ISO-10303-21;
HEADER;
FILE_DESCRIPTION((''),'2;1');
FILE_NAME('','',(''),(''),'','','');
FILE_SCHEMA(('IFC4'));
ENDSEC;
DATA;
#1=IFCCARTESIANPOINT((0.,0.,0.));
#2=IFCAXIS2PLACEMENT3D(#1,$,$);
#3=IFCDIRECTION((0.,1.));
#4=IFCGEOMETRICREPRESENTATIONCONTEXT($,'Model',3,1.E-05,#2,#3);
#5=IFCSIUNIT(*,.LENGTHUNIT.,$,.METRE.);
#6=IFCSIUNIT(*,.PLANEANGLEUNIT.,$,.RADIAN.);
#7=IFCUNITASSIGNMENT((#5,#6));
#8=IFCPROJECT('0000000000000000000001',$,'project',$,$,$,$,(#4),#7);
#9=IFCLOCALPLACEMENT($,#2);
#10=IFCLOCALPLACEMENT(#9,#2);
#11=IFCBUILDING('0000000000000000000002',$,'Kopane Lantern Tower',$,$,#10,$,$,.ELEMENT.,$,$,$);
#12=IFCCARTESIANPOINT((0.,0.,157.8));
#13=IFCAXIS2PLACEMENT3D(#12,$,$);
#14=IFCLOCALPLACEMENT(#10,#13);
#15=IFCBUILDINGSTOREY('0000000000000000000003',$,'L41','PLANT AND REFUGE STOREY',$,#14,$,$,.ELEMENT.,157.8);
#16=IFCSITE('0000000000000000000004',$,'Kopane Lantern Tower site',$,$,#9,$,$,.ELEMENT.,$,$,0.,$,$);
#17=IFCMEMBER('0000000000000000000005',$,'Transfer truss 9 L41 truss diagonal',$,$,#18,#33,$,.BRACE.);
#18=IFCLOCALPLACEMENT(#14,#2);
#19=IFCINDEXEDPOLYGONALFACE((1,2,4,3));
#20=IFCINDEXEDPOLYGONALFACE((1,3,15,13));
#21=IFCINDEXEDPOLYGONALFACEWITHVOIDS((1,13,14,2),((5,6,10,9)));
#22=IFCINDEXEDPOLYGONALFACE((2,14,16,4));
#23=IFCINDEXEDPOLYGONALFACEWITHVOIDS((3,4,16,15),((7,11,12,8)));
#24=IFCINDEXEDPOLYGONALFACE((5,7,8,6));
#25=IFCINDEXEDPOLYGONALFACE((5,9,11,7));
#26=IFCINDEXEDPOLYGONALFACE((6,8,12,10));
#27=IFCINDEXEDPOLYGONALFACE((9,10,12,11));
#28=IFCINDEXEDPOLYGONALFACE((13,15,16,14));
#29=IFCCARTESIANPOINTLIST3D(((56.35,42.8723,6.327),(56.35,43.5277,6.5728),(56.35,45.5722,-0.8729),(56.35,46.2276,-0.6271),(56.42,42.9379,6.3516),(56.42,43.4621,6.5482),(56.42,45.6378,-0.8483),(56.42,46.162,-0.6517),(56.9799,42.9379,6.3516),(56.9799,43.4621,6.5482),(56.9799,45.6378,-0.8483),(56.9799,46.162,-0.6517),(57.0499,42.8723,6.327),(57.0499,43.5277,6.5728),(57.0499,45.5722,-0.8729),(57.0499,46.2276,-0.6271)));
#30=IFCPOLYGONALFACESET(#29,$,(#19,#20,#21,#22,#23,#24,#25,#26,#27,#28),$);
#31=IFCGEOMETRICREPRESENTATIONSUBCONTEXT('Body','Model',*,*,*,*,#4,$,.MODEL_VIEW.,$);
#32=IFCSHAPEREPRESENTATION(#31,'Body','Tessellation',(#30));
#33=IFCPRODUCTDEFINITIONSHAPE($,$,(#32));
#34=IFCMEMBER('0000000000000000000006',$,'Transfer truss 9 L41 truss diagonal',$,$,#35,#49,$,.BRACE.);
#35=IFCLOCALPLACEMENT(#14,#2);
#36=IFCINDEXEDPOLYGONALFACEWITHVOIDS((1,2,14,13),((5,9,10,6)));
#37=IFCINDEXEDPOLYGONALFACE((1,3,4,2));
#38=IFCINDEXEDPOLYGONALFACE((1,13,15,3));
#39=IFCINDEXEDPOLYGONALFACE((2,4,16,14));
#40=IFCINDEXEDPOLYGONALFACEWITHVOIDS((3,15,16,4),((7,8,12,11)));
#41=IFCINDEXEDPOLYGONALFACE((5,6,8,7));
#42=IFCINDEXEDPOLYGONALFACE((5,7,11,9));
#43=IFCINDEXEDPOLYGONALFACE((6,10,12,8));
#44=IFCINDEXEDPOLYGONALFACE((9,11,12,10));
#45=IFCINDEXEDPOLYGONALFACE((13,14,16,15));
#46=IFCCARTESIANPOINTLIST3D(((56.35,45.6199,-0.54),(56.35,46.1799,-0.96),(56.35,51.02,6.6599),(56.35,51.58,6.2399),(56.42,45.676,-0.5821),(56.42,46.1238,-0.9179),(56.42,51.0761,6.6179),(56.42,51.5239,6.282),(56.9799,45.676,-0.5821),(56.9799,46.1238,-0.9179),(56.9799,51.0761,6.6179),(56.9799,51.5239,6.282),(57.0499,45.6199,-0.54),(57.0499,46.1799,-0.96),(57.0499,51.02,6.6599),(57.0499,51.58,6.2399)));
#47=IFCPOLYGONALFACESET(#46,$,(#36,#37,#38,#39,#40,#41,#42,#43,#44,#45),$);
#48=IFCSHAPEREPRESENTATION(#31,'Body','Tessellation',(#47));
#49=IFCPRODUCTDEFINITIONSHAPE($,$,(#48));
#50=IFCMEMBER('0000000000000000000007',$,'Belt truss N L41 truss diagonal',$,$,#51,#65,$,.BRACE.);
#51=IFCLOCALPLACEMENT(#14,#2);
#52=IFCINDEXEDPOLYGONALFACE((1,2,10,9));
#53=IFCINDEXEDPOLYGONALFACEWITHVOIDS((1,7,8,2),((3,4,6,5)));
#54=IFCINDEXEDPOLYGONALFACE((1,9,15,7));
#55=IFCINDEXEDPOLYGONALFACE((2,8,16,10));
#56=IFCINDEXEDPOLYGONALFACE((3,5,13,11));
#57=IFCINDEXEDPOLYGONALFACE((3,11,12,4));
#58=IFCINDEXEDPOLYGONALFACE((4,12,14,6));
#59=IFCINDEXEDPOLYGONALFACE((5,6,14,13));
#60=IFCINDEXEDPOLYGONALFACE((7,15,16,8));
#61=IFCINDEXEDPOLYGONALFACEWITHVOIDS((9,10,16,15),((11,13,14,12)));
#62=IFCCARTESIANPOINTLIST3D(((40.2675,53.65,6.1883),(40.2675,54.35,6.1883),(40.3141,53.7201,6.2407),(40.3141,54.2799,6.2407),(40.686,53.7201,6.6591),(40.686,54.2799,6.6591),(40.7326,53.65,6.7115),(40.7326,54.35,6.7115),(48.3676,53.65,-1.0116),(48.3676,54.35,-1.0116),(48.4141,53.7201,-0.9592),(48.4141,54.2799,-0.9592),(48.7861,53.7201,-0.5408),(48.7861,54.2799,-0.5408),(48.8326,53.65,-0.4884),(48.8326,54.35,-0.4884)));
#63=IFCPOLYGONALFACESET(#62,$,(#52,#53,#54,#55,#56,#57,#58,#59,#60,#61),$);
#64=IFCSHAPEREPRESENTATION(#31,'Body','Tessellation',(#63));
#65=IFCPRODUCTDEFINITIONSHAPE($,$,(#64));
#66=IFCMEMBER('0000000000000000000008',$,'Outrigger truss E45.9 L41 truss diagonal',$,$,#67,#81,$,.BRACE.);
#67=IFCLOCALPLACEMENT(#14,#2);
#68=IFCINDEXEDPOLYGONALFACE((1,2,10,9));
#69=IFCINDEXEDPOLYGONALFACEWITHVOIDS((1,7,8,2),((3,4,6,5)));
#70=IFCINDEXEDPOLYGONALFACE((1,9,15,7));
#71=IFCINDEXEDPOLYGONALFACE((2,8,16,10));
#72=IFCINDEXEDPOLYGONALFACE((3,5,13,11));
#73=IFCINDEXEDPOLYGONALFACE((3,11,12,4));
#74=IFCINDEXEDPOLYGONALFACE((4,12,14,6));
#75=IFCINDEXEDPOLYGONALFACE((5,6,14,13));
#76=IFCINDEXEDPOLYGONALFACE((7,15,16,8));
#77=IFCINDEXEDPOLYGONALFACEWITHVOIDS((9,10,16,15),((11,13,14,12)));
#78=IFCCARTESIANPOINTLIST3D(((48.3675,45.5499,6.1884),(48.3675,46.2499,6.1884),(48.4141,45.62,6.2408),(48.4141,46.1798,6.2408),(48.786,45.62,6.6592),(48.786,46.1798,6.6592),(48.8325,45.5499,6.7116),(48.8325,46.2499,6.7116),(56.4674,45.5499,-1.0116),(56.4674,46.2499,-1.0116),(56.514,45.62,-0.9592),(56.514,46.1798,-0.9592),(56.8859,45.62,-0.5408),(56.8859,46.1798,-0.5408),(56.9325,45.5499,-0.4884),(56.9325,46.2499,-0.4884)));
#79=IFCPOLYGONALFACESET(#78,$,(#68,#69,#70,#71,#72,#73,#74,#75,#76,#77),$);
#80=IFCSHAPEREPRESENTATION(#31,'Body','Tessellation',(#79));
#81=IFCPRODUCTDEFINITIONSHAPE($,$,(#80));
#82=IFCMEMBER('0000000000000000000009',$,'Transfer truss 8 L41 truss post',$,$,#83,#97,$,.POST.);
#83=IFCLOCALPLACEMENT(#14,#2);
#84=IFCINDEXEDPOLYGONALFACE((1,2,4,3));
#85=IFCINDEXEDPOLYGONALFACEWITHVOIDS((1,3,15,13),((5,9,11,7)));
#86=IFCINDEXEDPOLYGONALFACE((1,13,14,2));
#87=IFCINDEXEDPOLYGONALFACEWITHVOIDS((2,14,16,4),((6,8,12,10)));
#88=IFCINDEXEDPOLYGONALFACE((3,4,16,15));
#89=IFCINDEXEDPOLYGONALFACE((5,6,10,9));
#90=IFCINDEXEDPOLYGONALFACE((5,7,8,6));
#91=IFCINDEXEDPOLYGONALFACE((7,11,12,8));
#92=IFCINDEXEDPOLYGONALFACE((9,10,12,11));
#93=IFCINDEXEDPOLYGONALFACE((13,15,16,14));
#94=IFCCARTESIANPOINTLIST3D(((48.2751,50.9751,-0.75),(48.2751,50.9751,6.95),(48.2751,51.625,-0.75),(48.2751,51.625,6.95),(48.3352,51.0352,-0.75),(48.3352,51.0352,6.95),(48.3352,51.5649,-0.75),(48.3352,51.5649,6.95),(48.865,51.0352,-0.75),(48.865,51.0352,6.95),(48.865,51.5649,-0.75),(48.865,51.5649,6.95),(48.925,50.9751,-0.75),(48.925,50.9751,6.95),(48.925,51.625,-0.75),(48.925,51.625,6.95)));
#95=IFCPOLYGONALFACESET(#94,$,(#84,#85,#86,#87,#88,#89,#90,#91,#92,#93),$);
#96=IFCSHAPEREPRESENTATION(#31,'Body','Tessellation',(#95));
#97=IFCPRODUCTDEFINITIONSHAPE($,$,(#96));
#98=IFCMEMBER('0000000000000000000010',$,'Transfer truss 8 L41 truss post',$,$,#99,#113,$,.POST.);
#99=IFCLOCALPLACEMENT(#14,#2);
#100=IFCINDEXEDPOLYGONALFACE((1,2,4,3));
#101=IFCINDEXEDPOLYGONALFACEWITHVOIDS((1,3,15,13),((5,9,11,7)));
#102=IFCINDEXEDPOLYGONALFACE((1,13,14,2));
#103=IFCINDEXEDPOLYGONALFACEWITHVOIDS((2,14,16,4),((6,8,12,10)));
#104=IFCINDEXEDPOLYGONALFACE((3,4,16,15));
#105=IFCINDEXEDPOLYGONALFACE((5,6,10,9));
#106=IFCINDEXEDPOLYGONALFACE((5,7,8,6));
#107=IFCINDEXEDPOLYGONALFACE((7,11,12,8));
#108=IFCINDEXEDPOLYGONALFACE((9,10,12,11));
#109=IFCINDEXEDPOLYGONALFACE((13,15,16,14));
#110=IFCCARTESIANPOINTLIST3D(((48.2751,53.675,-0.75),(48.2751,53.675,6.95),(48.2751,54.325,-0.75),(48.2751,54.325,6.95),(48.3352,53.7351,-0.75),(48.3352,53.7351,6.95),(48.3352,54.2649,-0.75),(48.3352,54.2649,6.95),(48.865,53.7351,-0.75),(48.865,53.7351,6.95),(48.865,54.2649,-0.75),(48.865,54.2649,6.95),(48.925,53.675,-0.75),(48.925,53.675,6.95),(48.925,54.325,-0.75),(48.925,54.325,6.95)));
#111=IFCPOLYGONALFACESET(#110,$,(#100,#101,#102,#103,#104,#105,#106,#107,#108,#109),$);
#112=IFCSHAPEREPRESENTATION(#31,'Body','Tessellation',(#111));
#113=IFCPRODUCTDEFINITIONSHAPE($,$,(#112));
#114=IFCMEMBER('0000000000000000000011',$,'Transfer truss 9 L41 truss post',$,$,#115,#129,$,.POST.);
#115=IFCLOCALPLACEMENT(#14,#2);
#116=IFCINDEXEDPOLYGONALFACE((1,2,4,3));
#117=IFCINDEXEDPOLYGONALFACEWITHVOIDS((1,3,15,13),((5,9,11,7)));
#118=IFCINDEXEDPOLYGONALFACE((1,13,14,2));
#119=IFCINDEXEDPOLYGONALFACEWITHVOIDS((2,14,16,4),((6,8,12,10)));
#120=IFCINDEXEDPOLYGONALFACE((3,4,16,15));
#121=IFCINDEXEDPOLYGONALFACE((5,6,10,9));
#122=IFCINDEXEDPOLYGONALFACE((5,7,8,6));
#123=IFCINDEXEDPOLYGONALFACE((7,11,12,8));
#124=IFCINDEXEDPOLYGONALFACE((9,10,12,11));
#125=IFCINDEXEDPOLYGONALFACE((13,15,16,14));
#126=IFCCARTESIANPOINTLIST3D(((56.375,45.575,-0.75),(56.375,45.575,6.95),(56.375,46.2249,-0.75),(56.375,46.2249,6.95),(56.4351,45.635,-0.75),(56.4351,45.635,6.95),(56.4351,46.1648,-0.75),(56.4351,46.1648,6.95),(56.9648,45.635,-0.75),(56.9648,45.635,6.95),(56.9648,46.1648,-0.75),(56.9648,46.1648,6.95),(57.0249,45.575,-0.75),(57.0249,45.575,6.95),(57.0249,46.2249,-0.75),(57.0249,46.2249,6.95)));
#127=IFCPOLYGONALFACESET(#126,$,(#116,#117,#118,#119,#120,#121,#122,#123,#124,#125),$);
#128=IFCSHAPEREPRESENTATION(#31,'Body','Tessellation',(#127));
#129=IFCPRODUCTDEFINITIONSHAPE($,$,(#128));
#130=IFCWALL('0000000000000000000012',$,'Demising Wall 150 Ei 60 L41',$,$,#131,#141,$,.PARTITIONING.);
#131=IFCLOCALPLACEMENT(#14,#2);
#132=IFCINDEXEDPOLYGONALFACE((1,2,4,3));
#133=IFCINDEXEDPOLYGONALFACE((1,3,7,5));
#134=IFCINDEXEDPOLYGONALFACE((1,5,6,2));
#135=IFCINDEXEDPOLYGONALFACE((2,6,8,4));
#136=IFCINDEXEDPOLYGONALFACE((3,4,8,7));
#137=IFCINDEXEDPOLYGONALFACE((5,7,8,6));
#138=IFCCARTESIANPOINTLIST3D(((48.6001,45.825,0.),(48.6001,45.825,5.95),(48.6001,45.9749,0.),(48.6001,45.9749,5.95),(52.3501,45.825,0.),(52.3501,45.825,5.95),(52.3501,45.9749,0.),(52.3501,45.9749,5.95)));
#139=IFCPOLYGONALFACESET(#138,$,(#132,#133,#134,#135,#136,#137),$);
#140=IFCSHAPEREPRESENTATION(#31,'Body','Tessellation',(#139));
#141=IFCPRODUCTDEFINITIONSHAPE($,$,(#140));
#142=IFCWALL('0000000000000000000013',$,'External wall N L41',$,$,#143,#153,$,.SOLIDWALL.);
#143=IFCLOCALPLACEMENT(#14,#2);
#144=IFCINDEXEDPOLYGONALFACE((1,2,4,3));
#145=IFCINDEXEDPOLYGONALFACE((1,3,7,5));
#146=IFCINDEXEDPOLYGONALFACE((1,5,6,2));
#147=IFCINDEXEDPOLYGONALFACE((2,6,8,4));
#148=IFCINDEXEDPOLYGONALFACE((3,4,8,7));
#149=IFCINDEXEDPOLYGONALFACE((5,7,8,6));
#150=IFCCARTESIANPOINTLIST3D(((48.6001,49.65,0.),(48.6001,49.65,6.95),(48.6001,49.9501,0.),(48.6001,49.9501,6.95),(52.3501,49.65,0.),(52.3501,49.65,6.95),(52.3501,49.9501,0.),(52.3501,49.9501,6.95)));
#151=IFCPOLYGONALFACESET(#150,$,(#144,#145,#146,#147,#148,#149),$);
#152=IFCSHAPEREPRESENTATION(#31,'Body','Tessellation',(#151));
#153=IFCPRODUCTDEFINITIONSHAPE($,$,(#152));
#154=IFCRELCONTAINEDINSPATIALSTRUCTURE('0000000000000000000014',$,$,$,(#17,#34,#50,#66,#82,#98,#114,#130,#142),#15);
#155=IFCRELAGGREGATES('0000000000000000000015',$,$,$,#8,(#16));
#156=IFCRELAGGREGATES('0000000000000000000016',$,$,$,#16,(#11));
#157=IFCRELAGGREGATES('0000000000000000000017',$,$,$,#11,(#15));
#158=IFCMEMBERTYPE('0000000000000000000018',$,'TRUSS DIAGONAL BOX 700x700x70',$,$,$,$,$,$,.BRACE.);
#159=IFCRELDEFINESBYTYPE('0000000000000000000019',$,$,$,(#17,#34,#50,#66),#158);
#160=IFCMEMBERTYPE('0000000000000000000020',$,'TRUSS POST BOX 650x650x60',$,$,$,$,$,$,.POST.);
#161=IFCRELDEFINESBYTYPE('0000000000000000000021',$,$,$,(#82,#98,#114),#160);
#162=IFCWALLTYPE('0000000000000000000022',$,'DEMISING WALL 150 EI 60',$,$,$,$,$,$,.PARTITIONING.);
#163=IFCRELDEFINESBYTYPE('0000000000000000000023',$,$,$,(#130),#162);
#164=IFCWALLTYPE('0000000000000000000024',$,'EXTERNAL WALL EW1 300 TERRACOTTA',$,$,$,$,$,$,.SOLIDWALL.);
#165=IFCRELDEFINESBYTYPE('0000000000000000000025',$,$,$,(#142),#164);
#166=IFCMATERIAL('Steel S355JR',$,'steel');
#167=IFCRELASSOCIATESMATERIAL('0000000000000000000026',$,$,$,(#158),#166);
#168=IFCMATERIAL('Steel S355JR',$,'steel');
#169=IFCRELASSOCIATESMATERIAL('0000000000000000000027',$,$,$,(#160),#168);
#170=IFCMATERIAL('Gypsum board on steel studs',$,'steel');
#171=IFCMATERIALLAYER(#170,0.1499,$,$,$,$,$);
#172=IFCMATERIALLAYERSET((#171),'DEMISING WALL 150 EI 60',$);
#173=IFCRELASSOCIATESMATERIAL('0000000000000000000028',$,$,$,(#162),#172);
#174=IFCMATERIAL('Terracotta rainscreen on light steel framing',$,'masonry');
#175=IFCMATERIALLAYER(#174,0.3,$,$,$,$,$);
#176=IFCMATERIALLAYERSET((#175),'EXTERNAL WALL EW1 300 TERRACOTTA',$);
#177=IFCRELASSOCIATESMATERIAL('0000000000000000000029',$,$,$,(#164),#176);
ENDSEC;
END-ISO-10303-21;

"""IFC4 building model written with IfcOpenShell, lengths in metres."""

from ifc_helpers import new_model, si_unit, direction, frame, frame_2d, origin, origin_2d, place, context, subcontext, project, spatial, rectangle, hollow_rectangle, extrude, material, layer, layer_set, material_profile, profile_set, type_object, element, save


model = new_model("IFC4")

# Units and contexts
model_context = context("Model", 3, precision=1e-05, world=origin(), true_north=direction((0.0, 1.0)))
body_context = subcontext(model_context, "Body", "Model", "MODEL_VIEW")
ifc_project = project(units=[si_unit("LENGTHUNIT", "METRE"), si_unit("PLANEANGLEUNIT", "RADIAN")], contexts=[model_context])

# Site, building, storey
site_placement = place(None, origin())
site = spatial("IfcSite", under=ifc_project, at=site_placement, Name="Kopane Lantern Tower site", CompositionType="ELEMENT", RefElevation=0.0)
building_placement = place(site_placement, origin())
building = spatial("IfcBuilding", under=site, at=building_placement, Name="Kopane Lantern Tower", CompositionType="ELEMENT")
storey_placement = place(building_placement, frame((0.0, 0.0, 157.8)))
storey = spatial("IfcBuildingStorey", under=building, at=storey_placement, Name="L41", Description="PLANT AND REFUGE STOREY", CompositionType="ELEMENT", Elevation=157.8)

# Members
ifc_material_1 = material(Name="Steel S355JR", Category="steel")
ifc_material_profile_1 = material_profile(ifc_material_1, hollow_rectangle(XDim=0.7, YDim=0.7, WallThickness=0.0701, at=origin_2d()), Name="BOX 700x700x70")
ifc_profile_set_1 = profile_set([ifc_material_profile_1], Name="Steel S355JR")
member_type_1 = type_object("IfcMemberType", Name="TRUSS DIAGONAL BOX 700x700x70", PredefinedType="BRACE", material=ifc_profile_set_1)
member_1_placement = place(storey_placement, frame((56.7, 45.8999, -0.75), z_axis=(0.0, -0.35112, 0.93633), x_axis=(1.0, 0.0, 0.0)))
element("IfcMember", 1, at=member_1_placement, inside=storey, type_object=member_type_1, Name="Transfer truss 9 L41 truss diagonal", PredefinedType="BRACE", context=body_context, shape_type="SweptSolid", body=[
    extrude(hollow_rectangle(XDim=0.7, YDim=0.7, WallThickness=0.0701, at=origin_2d()), origin(), (0.0, 0.0, 1.0), 7.6895),
])
member_2_placement = place(storey_placement, frame((56.7, 45.8999, -0.75), z_axis=(0.0, 0.600013, 0.79999), x_axis=(-1.0, 0.0, 0.0)))
element("IfcMember", 2, at=member_2_placement, inside=storey, type_object=member_type_1, Name="Transfer truss 9 L41 truss diagonal", PredefinedType="BRACE", context=body_context, shape_type="SweptSolid", body=[
    extrude(hollow_rectangle(XDim=0.7, YDim=0.7, WallThickness=0.0701, at=origin_2d()), origin(), (0.0, 0.0, 1.0), 9.0),
])
for number, where, z_axis, x_axis, name in (
    (3, (48.6001, 54.0, -0.75), (-0.747416, 0.0, 0.664357), (0.0, -1.0, 0.0), "Belt truss N L41 truss diagonal"),
    (4, (56.7, 45.8999, -0.75), (-0.747406, 0.0, 0.664368), (0.0, -1.0, 0.0), "Outrigger truss E45.9 L41 truss diagonal"),
):
    element("IfcMember", number, at=place(storey_placement, frame(where, z_axis=z_axis, x_axis=x_axis)), inside=storey, type_object=member_type_1, Name=name, PredefinedType="BRACE", context=body_context, shape_type="SweptSolid", body=[
        extrude(hollow_rectangle(XDim=0.7, YDim=0.7, WallThickness=0.0701, at=origin_2d()), origin(), (0.0, 0.0, 1.0), 10.8374),
    ])
ifc_material_2 = material(Name="Steel S355JR", Category="steel")
ifc_material_profile_2 = material_profile(ifc_material_2, hollow_rectangle(XDim=0.6499, YDim=0.6499, WallThickness=0.0601, at=origin_2d()), Name="BOX 650x650x60")
ifc_profile_set_2 = profile_set([ifc_material_profile_2], Name="Steel S355JR")
member_type_2 = type_object("IfcMemberType", Name="TRUSS POST BOX 650x650x60", PredefinedType="POST", material=ifc_profile_set_2)
for number, where, z_axis, x_axis, name in (
    (5, (48.6001, 51.3, -0.75), (0.0, 0.0, 1.0), (1.0, 0.0, 0.0), "Transfer truss 8 L41 truss post"),
    (6, (48.6001, 54.0, -0.75), (0.0, 0.0, 1.0), (1.0, 0.0, 0.0), "Transfer truss 8 L41 truss post"),
    (7, (56.7, 45.8999, -0.75), (0.0, 0.0, 1.0), (1.0, 0.0, 0.0), "Transfer truss 9 L41 truss post"),
):
    element("IfcMember", number, at=place(storey_placement, frame(where, z_axis=z_axis, x_axis=x_axis)), inside=storey, type_object=member_type_2, Name=name, PredefinedType="POST", context=body_context, shape_type="SweptSolid", body=[
        extrude(hollow_rectangle(XDim=0.6499, YDim=0.6499, WallThickness=0.0601, at=origin_2d()), origin(), (0.0, 0.0, 1.0), 7.7),
    ])

# Walls
ifc_material_3 = material(Name="Gypsum board on steel studs", Category="steel")
ifc_layer_1 = layer(ifc_material_3, 0.1499)
ifc_layer_set_1 = layer_set([ifc_layer_1], Name="DEMISING WALL 150 EI 60")
wall_type_1 = type_object("IfcWallType", Name="DEMISING WALL 150 EI 60", PredefinedType="PARTITIONING", material=ifc_layer_set_1)
wall_1_placement = place(storey_placement, frame((48.6001, 45.8999, 0.0), z_axis=(0.0, 0.0, 1.0), x_axis=(1.0, 0.0, 0.0)))
element("IfcWall", 8, at=wall_1_placement, inside=storey, type_object=wall_type_1, Name="Demising Wall 150 Ei 60 L41", PredefinedType="PARTITIONING", context=body_context, shape_type="SweptSolid", body=[
    extrude(rectangle(XDim=3.75, YDim=0.1499, at=frame_2d((1.875, 0.0))), origin(), (0.0, 0.0, 1.0), 5.95),
])
ifc_material_4 = material(Name="Terracotta rainscreen on light steel framing", Category="masonry")
ifc_layer_2 = layer(ifc_material_4, 0.3)
ifc_layer_set_2 = layer_set([ifc_layer_2], Name="EXTERNAL WALL EW1 300 TERRACOTTA")
wall_type_2 = type_object("IfcWallType", Name="EXTERNAL WALL EW1 300 TERRACOTTA", PredefinedType="SOLIDWALL", material=ifc_layer_set_2)
wall_2_placement = place(storey_placement, frame((52.3501, 49.8, 0.0), z_axis=(0.0, 0.0, 1.0), x_axis=(-1.0, 0.0, 0.0)))
element("IfcWall", 9, at=wall_2_placement, inside=storey, type_object=wall_type_2, Name="External wall N L41", PredefinedType="SOLIDWALL", context=body_context, shape_type="SweptSolid", body=[
    extrude(rectangle(XDim=3.75, YDim=0.3, at=frame_2d((1.875, 0.0))), origin(), (0.0, 0.0, 1.0), 6.95),
])

save(model, "model.ifc")
